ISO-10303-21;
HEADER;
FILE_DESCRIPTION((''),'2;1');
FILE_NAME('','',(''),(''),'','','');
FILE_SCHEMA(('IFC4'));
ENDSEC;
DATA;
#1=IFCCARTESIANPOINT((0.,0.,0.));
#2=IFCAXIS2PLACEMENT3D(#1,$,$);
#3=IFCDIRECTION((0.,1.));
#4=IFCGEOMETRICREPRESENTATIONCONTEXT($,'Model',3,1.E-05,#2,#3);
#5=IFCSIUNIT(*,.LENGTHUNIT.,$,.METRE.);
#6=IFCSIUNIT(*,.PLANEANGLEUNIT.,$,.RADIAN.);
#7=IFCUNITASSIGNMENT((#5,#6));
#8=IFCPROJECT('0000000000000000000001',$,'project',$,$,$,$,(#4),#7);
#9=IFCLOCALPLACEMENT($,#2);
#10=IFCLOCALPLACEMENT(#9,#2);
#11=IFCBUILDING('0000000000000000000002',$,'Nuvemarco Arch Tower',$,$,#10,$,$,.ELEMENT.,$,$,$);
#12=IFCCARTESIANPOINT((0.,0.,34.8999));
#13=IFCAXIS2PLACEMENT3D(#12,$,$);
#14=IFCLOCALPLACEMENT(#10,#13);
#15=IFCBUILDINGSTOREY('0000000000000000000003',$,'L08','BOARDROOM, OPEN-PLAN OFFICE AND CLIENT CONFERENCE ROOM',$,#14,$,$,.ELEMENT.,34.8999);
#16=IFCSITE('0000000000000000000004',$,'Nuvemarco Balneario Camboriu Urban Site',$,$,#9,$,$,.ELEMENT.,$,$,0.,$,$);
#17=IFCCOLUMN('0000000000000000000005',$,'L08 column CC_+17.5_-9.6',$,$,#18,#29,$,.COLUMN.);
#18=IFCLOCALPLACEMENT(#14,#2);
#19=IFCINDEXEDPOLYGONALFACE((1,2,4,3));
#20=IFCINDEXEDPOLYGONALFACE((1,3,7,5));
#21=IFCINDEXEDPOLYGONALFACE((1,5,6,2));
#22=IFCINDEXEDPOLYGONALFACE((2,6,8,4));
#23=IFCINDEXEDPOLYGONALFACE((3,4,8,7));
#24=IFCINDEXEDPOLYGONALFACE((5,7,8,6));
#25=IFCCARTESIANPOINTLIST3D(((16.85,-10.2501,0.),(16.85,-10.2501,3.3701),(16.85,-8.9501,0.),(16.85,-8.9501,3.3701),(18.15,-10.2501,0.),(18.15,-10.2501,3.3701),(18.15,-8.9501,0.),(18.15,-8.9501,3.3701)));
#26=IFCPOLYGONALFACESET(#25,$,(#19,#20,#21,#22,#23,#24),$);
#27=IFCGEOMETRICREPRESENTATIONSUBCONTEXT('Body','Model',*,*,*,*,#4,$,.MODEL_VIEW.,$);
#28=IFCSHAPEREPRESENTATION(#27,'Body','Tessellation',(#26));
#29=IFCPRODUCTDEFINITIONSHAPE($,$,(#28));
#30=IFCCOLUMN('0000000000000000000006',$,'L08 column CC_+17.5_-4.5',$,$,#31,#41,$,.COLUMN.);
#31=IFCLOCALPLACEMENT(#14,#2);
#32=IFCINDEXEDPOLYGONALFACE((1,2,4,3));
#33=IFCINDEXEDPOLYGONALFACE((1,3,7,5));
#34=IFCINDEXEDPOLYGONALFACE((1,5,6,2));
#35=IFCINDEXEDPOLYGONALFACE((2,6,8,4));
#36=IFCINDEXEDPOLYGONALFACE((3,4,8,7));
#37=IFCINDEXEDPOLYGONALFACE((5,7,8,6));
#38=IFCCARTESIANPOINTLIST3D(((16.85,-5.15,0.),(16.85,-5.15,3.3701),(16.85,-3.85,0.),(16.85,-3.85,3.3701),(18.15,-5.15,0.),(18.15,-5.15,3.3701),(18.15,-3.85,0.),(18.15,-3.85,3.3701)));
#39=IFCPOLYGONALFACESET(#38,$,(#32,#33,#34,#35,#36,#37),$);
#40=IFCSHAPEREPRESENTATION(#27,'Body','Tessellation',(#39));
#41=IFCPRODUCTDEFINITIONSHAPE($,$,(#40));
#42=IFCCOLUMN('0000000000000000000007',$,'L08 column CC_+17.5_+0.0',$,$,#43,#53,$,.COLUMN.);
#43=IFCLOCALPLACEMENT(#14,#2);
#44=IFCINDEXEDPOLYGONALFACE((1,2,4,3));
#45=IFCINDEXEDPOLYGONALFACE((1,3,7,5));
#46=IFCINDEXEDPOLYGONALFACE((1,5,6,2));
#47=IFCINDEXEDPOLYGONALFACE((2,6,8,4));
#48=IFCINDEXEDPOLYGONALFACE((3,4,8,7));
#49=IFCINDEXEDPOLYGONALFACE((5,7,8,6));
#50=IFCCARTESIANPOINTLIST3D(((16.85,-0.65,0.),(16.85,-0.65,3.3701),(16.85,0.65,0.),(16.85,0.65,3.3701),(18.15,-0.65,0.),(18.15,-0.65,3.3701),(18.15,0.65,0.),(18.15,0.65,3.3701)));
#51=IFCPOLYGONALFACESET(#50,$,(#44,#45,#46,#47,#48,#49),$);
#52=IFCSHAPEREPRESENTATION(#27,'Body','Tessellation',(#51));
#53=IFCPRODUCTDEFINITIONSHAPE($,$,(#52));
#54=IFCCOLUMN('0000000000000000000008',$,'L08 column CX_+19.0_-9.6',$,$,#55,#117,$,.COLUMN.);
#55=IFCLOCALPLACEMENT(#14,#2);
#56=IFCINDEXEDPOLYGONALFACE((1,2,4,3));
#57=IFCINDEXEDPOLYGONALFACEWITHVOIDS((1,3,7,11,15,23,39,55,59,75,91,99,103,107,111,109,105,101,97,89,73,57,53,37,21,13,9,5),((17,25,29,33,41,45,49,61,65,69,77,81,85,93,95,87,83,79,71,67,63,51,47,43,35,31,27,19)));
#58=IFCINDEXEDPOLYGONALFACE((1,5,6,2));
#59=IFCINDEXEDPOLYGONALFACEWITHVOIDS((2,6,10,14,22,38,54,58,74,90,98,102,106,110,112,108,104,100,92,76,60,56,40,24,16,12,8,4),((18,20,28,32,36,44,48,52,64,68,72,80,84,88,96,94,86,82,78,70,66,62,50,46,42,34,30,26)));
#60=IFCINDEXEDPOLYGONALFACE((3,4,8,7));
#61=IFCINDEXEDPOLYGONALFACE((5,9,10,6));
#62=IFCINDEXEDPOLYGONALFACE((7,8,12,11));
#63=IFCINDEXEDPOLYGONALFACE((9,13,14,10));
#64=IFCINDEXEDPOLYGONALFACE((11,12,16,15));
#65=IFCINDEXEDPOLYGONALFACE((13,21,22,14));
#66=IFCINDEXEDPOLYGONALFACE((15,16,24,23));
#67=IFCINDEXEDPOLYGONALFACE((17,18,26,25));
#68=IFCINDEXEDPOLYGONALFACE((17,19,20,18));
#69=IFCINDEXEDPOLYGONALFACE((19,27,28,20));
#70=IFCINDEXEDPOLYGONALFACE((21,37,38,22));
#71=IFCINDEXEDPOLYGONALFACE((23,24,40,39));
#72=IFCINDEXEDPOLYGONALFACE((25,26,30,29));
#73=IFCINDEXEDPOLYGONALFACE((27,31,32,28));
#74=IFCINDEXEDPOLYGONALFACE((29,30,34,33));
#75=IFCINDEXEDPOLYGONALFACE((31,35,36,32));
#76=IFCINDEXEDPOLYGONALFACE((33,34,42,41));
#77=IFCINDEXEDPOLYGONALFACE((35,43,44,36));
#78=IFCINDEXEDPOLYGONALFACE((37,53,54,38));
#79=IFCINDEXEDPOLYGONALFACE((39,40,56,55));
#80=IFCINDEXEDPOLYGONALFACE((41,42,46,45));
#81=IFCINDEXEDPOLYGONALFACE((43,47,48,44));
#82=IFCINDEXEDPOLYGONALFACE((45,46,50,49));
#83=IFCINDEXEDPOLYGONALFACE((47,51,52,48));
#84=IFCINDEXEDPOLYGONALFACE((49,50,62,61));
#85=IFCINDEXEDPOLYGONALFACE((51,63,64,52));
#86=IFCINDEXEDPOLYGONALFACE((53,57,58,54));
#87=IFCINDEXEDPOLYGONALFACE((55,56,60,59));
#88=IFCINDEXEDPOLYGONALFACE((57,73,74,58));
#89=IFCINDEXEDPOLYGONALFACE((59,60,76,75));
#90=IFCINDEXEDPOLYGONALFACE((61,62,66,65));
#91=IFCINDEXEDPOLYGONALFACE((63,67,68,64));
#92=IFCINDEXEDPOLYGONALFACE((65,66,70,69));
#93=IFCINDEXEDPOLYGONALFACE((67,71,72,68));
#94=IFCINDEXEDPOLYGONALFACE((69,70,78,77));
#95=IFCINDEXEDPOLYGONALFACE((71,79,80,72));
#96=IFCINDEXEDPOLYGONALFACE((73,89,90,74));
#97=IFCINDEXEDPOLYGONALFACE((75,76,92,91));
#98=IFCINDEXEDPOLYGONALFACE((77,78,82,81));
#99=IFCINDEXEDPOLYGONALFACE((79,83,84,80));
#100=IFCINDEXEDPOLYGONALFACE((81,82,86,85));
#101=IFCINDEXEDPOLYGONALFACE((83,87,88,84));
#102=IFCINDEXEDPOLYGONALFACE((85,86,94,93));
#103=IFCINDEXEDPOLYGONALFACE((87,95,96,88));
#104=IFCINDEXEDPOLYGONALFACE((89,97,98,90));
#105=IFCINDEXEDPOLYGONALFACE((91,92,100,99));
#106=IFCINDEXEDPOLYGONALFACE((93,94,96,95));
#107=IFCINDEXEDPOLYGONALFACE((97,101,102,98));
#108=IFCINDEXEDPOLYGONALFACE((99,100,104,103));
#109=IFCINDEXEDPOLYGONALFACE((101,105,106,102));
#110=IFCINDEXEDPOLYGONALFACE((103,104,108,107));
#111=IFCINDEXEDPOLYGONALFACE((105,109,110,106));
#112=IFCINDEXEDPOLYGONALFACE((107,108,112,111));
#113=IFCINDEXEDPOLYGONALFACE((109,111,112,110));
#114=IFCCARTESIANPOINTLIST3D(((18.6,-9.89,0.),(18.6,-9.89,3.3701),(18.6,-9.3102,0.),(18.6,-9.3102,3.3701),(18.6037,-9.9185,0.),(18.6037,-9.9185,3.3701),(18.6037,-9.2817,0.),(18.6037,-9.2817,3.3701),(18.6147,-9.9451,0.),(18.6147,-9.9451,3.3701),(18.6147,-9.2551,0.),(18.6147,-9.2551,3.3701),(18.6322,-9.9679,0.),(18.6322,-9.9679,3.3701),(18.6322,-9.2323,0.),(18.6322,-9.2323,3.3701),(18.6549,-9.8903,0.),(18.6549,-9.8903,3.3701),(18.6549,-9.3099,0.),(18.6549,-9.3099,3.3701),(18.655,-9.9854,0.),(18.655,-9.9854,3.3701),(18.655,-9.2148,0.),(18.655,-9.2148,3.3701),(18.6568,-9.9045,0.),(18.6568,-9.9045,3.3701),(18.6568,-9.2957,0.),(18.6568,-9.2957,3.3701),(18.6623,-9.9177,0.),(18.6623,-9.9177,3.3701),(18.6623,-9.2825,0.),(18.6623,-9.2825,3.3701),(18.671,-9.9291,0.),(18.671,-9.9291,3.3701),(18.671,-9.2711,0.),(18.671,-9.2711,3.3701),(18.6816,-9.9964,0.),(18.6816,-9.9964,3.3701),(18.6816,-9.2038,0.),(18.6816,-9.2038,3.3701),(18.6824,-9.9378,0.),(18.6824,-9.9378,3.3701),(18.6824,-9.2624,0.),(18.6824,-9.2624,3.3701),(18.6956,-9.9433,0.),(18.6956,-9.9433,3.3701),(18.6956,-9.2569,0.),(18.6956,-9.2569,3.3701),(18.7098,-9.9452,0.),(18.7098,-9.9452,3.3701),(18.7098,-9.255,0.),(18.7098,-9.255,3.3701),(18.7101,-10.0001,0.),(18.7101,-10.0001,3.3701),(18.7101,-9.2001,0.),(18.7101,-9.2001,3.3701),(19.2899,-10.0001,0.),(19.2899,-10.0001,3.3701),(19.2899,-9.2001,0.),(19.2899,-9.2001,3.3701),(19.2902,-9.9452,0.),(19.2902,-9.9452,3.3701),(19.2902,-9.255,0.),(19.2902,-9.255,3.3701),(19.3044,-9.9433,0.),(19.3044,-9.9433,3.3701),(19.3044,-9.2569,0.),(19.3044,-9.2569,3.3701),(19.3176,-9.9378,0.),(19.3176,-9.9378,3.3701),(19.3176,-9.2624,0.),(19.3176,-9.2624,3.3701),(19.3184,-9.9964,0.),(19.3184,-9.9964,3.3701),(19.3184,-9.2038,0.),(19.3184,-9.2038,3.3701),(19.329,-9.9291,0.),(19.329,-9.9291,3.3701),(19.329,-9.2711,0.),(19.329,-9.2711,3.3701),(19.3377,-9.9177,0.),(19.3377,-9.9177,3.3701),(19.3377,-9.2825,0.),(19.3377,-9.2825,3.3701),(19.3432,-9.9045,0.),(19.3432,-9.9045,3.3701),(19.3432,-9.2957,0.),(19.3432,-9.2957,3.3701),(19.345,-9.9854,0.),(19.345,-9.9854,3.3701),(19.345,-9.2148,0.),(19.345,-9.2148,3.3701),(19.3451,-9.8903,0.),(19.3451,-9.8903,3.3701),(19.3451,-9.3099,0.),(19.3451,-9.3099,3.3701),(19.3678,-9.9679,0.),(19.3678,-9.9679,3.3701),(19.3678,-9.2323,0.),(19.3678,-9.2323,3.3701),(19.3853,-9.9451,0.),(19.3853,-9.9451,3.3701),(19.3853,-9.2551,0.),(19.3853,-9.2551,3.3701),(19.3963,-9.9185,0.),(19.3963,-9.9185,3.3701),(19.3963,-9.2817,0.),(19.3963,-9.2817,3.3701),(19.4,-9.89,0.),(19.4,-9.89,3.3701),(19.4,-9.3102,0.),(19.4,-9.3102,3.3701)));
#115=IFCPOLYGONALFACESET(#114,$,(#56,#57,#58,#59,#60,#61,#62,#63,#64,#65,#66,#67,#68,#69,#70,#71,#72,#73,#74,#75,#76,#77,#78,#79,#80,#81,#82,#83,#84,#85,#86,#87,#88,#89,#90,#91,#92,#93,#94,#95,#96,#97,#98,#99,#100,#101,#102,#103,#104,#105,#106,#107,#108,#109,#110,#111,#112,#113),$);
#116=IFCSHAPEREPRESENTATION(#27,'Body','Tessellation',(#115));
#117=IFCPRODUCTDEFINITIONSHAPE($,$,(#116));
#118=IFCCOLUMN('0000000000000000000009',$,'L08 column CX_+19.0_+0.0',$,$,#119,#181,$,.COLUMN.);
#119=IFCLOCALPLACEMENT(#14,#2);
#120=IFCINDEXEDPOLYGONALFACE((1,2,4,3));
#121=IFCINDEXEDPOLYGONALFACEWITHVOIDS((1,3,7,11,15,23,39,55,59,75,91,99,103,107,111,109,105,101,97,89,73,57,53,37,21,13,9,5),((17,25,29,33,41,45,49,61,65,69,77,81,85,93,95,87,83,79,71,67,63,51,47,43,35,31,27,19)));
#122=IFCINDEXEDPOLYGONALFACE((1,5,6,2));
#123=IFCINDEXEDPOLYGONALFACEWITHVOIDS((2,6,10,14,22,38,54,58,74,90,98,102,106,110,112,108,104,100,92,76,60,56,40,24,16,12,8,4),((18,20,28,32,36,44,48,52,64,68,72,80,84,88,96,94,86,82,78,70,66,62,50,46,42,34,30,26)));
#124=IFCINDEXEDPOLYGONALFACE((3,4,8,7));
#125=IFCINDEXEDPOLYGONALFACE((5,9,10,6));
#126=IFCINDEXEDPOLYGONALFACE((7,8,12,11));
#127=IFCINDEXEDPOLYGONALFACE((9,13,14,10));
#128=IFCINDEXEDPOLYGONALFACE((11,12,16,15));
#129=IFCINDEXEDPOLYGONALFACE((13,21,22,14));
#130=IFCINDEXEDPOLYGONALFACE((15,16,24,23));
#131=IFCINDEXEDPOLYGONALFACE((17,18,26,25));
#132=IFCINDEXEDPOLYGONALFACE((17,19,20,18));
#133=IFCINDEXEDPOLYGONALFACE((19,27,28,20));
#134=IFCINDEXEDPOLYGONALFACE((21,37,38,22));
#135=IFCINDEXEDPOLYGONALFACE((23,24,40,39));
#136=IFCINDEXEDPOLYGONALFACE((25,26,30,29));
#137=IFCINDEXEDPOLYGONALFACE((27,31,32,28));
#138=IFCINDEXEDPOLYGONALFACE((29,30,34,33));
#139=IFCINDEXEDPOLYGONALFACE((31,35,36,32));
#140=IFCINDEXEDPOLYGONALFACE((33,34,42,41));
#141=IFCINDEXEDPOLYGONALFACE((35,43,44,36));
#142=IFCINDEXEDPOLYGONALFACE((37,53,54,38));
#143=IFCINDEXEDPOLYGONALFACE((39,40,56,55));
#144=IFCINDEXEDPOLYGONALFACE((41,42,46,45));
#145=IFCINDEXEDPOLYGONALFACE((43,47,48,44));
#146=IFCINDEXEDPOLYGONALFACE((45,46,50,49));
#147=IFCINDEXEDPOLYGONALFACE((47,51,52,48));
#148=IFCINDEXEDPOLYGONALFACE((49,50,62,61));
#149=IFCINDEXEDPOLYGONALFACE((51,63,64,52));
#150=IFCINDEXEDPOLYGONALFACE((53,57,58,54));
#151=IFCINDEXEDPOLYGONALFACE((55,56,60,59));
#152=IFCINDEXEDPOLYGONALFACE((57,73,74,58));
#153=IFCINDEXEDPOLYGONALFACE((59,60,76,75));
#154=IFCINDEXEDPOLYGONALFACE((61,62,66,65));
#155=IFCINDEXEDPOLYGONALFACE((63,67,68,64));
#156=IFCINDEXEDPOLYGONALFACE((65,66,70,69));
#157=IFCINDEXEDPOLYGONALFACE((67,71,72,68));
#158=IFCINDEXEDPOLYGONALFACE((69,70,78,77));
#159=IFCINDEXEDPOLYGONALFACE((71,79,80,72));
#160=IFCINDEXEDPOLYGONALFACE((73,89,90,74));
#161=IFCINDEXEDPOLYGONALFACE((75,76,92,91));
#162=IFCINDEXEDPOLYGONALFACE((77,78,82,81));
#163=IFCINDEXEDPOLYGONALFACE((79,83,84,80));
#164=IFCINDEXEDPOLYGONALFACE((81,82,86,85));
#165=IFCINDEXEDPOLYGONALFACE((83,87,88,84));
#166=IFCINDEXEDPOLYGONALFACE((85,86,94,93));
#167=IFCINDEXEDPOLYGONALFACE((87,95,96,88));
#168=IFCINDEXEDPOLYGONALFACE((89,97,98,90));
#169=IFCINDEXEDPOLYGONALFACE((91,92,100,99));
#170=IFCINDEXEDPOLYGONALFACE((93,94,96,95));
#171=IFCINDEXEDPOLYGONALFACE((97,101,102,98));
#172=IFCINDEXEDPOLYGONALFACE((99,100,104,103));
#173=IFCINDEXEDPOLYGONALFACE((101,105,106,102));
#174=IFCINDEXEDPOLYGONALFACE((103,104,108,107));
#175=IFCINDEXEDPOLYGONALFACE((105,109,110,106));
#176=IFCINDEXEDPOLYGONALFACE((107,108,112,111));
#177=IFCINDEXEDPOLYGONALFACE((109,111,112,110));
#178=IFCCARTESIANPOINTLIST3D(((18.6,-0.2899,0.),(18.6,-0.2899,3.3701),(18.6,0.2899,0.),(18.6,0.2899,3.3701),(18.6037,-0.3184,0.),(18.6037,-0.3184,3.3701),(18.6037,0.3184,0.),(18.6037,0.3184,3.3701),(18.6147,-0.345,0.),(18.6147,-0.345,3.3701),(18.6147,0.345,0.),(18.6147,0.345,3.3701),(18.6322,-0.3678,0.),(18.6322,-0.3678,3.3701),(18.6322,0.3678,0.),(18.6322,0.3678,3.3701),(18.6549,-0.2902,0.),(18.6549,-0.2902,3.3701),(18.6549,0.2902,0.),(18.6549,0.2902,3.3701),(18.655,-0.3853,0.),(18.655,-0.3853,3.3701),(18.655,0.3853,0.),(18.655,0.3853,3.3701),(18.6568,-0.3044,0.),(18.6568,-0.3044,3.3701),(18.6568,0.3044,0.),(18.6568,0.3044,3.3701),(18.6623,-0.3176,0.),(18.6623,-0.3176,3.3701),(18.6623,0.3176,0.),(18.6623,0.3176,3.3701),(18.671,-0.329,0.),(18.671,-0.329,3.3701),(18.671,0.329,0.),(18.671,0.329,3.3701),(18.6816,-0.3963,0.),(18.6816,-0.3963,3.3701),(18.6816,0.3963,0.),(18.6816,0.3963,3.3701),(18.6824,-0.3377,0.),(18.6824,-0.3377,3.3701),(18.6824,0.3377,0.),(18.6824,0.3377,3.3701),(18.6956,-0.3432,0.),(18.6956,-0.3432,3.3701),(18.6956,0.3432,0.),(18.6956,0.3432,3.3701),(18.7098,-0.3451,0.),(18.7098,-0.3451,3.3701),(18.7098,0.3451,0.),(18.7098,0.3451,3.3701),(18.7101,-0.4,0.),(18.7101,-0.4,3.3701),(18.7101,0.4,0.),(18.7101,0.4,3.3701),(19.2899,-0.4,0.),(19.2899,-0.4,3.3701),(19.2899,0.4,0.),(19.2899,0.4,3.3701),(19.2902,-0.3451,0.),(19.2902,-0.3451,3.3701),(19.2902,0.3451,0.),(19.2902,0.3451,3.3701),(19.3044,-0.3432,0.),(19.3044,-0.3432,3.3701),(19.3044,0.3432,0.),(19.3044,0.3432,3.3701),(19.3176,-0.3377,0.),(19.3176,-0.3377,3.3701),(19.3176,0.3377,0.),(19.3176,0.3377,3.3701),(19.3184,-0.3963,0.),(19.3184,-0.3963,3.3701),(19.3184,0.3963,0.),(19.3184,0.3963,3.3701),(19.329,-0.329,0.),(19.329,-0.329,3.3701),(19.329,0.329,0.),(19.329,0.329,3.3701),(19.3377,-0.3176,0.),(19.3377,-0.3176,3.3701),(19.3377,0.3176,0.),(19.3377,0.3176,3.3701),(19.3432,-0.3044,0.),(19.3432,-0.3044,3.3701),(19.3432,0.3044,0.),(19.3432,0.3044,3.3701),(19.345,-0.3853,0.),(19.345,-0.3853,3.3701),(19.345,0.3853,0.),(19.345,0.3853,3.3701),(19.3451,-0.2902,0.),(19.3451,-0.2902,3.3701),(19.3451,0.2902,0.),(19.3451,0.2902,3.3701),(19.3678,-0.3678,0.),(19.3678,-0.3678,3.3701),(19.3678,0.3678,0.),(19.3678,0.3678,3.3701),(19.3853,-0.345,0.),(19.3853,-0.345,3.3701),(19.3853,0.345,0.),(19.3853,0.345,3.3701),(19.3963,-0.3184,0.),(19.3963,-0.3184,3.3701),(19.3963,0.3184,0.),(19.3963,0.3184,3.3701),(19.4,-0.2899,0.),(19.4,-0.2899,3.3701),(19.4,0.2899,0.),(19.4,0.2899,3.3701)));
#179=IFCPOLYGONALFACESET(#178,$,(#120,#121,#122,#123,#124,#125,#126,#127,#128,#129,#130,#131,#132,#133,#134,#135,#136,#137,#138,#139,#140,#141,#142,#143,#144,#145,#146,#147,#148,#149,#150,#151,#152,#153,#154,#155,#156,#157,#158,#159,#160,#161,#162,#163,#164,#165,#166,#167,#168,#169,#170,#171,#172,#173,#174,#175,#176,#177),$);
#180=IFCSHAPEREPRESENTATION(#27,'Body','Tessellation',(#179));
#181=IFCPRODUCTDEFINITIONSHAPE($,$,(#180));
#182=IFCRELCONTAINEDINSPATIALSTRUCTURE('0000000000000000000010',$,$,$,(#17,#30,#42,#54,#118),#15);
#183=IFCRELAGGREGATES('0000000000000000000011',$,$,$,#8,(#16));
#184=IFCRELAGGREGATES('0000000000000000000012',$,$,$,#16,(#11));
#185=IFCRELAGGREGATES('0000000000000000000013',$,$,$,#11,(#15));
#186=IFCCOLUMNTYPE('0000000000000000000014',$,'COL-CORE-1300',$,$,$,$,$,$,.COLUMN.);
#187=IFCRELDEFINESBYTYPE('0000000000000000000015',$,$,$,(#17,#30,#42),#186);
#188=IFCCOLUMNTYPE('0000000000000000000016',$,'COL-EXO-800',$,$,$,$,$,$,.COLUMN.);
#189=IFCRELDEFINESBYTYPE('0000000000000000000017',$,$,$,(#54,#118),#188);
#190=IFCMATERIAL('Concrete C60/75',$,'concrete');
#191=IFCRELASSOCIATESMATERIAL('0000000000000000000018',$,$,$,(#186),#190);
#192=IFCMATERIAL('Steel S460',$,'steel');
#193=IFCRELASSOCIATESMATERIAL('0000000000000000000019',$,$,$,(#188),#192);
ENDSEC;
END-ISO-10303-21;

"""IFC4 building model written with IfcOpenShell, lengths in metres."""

from ifc_helpers import new_model, si_unit, direction, frame, origin, origin_2d, place, context, subcontext, project, spatial, rectangle, hollow_rectangle, extrude, material, material_profile, profile_set, type_object, element, save


model = new_model("IFC4")

# Units and contexts
model_context = context("Model", 3, precision=1e-05, world=origin(), true_north=direction((0.0, 1.0)))
body_context = subcontext(model_context, "Body", "Model", "MODEL_VIEW")
ifc_project = project(units=[si_unit("LENGTHUNIT", "METRE"), si_unit("PLANEANGLEUNIT", "RADIAN")], contexts=[model_context])

# Site, building, storey
site_placement = place(None, origin())
site = spatial("IfcSite", under=ifc_project, at=site_placement, Name="Nuvemarco Balneario Camboriu Urban Site", CompositionType="ELEMENT", RefElevation=0.0)
building_placement = place(site_placement, origin())
building = spatial("IfcBuilding", under=site, at=building_placement, Name="Nuvemarco Arch Tower", CompositionType="ELEMENT")
storey_placement = place(building_placement, frame((0.0, 0.0, 34.8999)))
storey = spatial("IfcBuildingStorey", under=building, at=storey_placement, Name="L08", Description="BOARDROOM, OPEN-PLAN OFFICE AND CLIENT CONFERENCE ROOM", CompositionType="ELEMENT", Elevation=34.8999)

# Columns
ifc_material_1 = material(Name="Concrete C60/75", Category="concrete")
ifc_material_profile_1 = material_profile(ifc_material_1, rectangle(XDim=1.3, YDim=1.3, at=origin_2d()), Name="RC-COL-1300x1300")
ifc_profile_set_1 = profile_set([ifc_material_profile_1], Name="Concrete C60/75")
column_type_1 = type_object("IfcColumnType", Name="COL-CORE-1300", PredefinedType="COLUMN", material=ifc_profile_set_1)
for number, where, z_axis, x_axis, name in (
    (1, (17.5, -9.6001, 0.0), (0.0, 0.0, 1.0), (1.0, 0.0, 0.0), "L08 column CC_+17.5_-9.6"),
    (2, (17.5, -4.5, 0.0), (0.0, 0.0, 1.0), (1.0, 0.0, 0.0), "L08 column CC_+17.5_-4.5"),
    (3, (17.5, 0.0, 0.0), (0.0, 0.0, 1.0), (1.0, 0.0, 0.0), "L08 column CC_+17.5_+0.0"),
):
    element("IfcColumn", number, at=place(storey_placement, frame(where, z_axis=z_axis, x_axis=x_axis)), inside=storey, type_object=column_type_1, Name=name, PredefinedType="COLUMN", context=body_context, shape_type="SweptSolid", body=[
        extrude(rectangle(XDim=1.3, YDim=1.3, at=origin_2d()), origin(), (0.0, 0.0, 1.0), 3.3701),
    ])
ifc_material_2 = material(Name="Steel S460", Category="steel")
ifc_material_profile_2 = material_profile(ifc_material_2, hollow_rectangle(XDim=0.8, YDim=0.8, WallThickness=0.0549, InnerFilletRadius=0.0549, OuterFilletRadius=0.1101, at=origin_2d()), Name="SHS800x800x55")
ifc_profile_set_2 = profile_set([ifc_material_profile_2], Name="Steel S460")
column_type_2 = type_object("IfcColumnType", Name="COL-EXO-800", PredefinedType="COLUMN", material=ifc_profile_set_2)
for number, where, z_axis, x_axis, name in (
    (4, (19.0, -9.6001, 0.0), (0.0, 0.0, 1.0), (1.0, 0.0, 0.0), "L08 column CX_+19.0_-9.6"),
    (5, (19.0, 0.0, 0.0), (0.0, 0.0, 1.0), (1.0, 0.0, 0.0), "L08 column CX_+19.0_+0.0"),
):
    element("IfcColumn", number, at=place(storey_placement, frame(where, z_axis=z_axis, x_axis=x_axis)), inside=storey, type_object=column_type_2, Name=name, PredefinedType="COLUMN", context=body_context, shape_type="SweptSolid", body=[
        extrude(hollow_rectangle(XDim=0.8, YDim=0.8, WallThickness=0.0549, InnerFilletRadius=0.0549, OuterFilletRadius=0.1101, at=origin_2d()), origin(), (0.0, 0.0, 1.0), 3.3701),
    ])

save(model, "model.ifc")
